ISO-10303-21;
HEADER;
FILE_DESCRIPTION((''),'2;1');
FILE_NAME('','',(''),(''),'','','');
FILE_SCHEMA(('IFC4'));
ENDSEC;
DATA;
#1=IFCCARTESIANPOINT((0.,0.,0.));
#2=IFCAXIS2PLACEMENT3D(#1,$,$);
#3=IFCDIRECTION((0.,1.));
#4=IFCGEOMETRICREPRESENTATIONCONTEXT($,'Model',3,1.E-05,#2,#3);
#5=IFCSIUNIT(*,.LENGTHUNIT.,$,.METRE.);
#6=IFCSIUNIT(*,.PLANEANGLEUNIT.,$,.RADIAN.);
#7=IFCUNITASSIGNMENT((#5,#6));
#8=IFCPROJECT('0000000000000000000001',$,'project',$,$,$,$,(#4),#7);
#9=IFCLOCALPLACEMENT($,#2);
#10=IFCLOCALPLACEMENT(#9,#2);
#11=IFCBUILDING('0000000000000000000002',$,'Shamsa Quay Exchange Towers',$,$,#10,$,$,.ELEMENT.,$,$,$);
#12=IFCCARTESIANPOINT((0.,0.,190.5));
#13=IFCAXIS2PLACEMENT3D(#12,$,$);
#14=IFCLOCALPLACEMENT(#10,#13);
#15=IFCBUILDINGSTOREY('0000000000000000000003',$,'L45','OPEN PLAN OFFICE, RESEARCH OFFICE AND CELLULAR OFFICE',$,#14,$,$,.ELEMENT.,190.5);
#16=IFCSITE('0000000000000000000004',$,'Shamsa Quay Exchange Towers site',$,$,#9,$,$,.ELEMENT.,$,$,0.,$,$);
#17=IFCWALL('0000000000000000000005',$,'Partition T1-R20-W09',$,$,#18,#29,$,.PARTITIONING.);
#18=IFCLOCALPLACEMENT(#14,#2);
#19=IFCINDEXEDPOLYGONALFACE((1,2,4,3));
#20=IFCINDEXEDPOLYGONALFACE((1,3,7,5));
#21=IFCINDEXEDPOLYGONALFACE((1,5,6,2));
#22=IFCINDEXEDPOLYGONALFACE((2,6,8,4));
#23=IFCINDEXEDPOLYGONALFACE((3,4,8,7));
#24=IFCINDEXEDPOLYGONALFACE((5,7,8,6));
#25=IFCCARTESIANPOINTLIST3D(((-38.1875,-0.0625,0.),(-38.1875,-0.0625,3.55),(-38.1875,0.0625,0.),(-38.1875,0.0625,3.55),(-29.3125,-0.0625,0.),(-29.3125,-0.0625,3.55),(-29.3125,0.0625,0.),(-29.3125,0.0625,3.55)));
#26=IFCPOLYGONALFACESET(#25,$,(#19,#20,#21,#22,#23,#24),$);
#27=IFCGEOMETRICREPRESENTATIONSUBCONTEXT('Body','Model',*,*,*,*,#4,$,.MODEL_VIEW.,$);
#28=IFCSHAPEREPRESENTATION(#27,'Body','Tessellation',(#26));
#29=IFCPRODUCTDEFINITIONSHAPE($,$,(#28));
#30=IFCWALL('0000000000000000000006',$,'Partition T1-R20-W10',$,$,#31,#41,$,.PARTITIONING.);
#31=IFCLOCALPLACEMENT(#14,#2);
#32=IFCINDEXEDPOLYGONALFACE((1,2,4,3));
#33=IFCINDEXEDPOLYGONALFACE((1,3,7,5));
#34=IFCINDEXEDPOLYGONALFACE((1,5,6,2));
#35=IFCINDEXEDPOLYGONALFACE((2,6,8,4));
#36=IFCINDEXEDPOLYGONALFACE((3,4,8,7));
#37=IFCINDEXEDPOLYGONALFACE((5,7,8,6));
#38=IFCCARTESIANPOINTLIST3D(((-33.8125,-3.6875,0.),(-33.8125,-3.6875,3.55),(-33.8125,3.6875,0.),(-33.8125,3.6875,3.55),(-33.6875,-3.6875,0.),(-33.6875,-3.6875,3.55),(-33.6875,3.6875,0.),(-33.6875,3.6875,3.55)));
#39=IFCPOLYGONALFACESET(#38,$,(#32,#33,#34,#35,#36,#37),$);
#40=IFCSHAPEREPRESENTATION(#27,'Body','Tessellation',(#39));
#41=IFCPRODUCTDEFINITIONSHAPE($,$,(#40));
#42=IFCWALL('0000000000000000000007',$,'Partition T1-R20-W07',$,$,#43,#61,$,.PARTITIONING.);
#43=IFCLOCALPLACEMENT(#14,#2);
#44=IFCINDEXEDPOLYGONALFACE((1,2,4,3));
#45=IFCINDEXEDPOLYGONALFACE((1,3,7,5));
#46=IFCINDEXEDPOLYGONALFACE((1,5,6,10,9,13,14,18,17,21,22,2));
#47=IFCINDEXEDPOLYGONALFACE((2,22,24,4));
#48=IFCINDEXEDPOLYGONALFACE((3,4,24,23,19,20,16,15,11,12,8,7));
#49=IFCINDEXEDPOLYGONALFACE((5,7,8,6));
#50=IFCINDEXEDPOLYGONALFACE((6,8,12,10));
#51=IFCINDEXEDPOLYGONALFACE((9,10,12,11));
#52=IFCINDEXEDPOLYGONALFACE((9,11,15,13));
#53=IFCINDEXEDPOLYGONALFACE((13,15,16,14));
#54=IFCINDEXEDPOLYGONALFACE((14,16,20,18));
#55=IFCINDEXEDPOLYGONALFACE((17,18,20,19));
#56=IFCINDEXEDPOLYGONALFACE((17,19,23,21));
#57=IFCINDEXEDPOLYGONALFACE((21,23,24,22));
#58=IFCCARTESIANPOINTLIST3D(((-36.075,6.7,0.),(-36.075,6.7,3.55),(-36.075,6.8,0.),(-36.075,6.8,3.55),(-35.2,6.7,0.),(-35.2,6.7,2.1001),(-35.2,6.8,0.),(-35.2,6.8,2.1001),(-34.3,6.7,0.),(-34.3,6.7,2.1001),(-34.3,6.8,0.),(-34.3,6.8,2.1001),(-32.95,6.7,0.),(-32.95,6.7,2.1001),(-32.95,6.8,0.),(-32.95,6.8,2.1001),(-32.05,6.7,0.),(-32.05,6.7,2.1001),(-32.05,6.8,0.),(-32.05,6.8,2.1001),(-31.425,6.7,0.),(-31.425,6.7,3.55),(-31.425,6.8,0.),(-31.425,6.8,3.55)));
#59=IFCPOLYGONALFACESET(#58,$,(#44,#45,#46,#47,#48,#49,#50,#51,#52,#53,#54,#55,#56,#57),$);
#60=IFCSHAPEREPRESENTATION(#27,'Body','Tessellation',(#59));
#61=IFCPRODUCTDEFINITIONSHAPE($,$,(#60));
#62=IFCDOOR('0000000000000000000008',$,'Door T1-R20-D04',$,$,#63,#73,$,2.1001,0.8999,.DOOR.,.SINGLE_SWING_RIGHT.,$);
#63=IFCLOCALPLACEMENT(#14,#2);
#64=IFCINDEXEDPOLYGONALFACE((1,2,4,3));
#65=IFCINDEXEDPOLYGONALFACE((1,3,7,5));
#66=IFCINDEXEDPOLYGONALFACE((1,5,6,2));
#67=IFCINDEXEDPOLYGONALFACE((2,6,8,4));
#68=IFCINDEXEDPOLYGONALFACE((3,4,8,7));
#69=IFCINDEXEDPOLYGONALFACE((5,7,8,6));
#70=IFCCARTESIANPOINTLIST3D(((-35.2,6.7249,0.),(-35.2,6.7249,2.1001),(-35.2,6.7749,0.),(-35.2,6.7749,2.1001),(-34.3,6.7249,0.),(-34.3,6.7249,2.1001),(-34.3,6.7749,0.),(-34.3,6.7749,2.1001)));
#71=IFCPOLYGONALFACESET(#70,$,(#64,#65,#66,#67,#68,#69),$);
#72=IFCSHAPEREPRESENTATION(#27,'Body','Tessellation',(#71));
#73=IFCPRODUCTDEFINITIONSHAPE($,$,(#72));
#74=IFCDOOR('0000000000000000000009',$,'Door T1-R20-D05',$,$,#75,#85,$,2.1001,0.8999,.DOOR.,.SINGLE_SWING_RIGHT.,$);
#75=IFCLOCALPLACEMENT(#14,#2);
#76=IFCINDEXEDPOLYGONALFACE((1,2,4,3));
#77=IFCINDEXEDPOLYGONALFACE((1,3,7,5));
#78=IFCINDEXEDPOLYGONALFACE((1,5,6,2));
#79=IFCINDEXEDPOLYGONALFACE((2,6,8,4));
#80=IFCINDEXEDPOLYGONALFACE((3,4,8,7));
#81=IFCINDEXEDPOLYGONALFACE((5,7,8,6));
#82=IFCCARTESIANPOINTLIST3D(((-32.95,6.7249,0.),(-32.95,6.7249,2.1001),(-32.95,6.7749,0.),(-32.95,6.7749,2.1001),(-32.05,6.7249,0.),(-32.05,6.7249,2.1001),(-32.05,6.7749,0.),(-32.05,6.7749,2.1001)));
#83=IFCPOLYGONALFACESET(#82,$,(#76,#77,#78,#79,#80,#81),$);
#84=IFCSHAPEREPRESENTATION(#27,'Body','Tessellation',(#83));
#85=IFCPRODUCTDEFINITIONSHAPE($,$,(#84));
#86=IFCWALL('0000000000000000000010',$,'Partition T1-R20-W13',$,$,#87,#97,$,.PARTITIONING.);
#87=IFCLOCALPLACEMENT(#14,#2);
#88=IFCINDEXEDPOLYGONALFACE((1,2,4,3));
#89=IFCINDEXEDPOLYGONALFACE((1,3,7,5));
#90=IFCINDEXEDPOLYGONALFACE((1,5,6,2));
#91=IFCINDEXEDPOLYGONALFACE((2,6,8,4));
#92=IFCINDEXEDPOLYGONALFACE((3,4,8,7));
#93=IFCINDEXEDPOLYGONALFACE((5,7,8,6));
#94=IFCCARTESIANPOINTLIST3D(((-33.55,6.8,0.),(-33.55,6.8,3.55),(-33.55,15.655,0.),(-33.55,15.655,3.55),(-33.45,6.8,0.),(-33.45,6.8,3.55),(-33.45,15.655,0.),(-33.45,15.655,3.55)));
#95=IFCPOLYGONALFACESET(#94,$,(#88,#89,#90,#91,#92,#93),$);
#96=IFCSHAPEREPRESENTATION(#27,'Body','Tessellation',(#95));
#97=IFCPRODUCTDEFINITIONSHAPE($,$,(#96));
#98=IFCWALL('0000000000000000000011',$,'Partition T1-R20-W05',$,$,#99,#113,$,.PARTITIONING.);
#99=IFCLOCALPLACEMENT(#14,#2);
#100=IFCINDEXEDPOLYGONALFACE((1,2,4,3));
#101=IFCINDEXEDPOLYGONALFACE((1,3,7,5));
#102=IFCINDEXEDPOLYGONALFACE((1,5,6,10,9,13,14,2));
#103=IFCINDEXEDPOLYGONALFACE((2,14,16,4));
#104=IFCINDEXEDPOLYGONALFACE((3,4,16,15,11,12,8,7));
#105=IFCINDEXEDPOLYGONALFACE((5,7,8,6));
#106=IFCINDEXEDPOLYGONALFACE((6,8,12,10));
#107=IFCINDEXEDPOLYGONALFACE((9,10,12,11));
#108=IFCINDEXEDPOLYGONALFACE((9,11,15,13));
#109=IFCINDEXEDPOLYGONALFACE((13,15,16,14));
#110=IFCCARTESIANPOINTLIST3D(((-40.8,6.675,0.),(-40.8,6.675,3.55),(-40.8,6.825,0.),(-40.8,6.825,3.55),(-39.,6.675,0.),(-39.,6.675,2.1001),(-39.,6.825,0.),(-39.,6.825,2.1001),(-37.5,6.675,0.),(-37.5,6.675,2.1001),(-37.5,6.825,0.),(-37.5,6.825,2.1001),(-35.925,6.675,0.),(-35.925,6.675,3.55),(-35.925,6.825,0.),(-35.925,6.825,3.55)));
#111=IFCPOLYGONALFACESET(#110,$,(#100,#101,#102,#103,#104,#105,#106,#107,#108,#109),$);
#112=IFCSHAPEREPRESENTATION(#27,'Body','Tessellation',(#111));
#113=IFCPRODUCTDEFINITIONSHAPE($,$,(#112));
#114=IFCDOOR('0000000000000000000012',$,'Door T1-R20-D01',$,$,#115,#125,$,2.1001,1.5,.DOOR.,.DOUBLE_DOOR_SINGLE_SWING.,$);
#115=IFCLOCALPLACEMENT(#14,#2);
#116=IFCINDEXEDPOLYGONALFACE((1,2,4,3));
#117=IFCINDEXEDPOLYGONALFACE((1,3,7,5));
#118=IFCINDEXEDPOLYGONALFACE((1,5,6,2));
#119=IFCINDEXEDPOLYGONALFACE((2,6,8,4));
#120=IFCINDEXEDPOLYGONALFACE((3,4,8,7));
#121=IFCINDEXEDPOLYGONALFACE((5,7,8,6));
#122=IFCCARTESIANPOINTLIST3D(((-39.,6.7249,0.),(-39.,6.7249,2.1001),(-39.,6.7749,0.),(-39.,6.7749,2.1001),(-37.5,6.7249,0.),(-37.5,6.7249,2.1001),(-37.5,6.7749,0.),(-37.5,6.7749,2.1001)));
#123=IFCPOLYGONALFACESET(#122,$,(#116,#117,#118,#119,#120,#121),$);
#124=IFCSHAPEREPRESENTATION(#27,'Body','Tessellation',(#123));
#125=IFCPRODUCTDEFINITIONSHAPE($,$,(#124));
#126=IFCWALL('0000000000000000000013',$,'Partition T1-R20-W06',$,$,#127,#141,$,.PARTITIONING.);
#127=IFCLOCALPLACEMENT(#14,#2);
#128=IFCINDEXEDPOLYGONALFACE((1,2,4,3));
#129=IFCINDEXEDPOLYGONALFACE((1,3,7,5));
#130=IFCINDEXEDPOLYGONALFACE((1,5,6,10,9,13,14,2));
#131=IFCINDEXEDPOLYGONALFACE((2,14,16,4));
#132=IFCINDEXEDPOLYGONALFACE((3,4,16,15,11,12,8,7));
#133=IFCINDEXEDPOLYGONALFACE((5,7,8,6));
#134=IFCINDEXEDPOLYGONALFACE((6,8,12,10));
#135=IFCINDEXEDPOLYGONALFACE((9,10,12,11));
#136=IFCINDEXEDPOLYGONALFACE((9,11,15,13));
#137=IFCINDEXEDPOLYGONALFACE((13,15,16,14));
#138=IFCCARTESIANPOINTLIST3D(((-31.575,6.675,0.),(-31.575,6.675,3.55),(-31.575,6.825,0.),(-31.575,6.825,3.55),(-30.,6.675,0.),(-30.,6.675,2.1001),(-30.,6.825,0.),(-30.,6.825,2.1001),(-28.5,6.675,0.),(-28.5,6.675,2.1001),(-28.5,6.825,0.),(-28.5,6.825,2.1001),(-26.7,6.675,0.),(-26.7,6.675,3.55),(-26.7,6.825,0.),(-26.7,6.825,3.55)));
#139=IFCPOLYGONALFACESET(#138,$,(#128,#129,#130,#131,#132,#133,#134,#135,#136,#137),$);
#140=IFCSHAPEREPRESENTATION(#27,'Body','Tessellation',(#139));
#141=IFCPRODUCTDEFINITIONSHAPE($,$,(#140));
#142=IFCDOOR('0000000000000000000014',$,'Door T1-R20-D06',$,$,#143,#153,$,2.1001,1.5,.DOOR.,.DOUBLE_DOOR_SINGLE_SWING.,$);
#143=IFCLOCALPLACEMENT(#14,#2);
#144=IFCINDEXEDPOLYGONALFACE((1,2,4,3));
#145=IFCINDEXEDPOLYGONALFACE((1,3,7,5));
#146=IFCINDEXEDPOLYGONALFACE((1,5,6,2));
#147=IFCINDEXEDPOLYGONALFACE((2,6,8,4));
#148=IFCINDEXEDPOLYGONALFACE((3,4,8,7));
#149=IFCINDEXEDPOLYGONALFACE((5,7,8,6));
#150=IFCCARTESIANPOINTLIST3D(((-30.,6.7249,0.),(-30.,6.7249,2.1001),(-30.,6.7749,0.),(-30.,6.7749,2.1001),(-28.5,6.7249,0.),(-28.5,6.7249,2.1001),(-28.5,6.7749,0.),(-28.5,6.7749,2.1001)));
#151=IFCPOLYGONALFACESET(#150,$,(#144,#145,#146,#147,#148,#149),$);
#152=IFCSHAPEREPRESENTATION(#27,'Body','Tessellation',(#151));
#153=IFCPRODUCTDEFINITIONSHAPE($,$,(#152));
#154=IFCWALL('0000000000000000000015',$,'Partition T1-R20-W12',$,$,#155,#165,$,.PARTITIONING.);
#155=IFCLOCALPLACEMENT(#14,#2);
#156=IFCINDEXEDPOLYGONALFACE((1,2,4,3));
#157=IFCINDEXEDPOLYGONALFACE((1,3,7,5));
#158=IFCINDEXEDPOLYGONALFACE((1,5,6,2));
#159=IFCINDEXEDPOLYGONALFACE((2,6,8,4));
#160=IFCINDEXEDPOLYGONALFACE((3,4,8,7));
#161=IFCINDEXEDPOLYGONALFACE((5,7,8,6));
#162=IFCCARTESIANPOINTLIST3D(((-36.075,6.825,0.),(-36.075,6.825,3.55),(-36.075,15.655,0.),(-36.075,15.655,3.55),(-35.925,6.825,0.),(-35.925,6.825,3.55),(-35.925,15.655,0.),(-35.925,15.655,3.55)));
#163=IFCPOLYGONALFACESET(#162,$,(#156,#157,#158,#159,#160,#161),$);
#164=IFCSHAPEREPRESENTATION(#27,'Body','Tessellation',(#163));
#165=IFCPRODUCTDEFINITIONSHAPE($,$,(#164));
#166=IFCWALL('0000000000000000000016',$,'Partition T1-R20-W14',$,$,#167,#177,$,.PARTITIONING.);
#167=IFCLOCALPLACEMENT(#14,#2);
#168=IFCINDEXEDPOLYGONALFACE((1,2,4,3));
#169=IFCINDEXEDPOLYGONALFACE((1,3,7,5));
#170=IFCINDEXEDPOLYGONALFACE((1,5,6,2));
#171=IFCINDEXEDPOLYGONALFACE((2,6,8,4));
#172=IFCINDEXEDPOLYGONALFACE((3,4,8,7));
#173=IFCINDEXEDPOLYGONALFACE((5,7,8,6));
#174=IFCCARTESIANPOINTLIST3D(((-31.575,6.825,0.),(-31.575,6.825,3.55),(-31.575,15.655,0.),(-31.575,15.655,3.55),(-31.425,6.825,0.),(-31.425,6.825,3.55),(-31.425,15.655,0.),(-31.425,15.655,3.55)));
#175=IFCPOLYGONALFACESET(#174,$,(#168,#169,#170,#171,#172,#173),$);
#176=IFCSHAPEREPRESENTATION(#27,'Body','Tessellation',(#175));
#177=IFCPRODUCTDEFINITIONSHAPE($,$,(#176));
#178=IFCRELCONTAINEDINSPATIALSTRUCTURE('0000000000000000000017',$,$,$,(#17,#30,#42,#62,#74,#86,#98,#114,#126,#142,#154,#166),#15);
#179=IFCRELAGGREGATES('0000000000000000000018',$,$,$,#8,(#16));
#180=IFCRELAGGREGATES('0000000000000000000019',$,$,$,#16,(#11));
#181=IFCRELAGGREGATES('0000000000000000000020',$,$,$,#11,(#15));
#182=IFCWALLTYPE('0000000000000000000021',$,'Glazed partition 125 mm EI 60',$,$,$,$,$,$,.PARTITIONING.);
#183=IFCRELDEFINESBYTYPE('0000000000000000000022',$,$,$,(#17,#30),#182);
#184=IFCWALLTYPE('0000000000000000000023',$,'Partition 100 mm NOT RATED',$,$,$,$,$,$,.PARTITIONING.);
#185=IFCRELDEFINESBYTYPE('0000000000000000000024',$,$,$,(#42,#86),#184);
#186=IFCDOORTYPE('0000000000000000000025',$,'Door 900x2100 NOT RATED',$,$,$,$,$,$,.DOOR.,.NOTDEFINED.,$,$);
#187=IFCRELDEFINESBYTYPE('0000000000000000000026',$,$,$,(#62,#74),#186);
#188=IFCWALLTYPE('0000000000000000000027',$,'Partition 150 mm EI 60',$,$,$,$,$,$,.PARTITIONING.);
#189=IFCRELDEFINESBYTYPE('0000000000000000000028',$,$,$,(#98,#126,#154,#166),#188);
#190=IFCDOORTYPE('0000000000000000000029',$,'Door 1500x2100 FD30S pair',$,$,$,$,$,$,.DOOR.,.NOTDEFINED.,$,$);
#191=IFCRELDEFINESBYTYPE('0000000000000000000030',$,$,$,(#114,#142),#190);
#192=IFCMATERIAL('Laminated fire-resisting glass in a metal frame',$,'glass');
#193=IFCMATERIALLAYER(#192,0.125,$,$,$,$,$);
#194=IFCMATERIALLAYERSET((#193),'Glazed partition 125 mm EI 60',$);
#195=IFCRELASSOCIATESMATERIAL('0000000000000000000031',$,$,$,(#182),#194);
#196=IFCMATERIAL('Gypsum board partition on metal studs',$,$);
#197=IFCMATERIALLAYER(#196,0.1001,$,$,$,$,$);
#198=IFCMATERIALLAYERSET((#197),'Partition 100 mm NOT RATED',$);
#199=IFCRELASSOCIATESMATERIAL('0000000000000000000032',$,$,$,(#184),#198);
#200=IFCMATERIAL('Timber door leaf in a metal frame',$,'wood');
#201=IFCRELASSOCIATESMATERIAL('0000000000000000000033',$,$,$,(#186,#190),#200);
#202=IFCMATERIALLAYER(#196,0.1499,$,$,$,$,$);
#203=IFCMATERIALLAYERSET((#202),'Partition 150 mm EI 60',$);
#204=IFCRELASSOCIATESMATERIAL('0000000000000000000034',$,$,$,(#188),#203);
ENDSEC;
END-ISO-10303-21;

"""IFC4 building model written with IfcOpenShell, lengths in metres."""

from ifc_helpers import new_model, si_unit, direction, frame, frame_2d, origin, place, context, subcontext, project, spatial, rectangle, extrude, material, layer, layer_set, type_object, element, fill, save


model = new_model("IFC4")

# Units and contexts
model_context = context("Model", 3, precision=1e-05, world=origin(), true_north=direction((0.0, 1.0)))
body_context = subcontext(model_context, "Body", "Model", "MODEL_VIEW")
ifc_project = project(units=[si_unit("LENGTHUNIT", "METRE"), si_unit("PLANEANGLEUNIT", "RADIAN")], contexts=[model_context])

# Site, building, storey
site_placement = place(None, origin())
site = spatial("IfcSite", under=ifc_project, at=site_placement, Name="Shamsa Quay Exchange Towers site", CompositionType="ELEMENT", RefElevation=0.0)
building_placement = place(site_placement, origin())
building = spatial("IfcBuilding", under=site, at=building_placement, Name="Shamsa Quay Exchange Towers", CompositionType="ELEMENT")
storey_placement = place(building_placement, frame((0.0, 0.0, 190.5)))
storey = spatial("IfcBuildingStorey", under=building, at=storey_placement, Name="L45", Description="OPEN PLAN OFFICE, RESEARCH OFFICE AND CELLULAR OFFICE", CompositionType="ELEMENT", Elevation=190.5)

# Shared definitions
ifc_material_1 = material(Name="Laminated fire-resisting glass in a metal frame", Category="glass")
ifc_layer_1 = layer(ifc_material_1, 0.125)
ifc_layer_set_1 = layer_set([ifc_layer_1], Name="Glazed partition 125 mm EI 60")
wall_type_1 = type_object("IfcWallType", Name="Glazed partition 125 mm EI 60", PredefinedType="PARTITIONING", material=ifc_layer_set_1)
ifc_material_2 = material(Name="Timber door leaf in a metal frame", Category="wood")

# Walls
wall_1_placement = place(storey_placement, frame((-38.1875, 0.0, 0.0)))
element("IfcWall", 1, at=wall_1_placement, inside=storey, type_object=wall_type_1, Name="Partition T1-R20-W09", PredefinedType="PARTITIONING", context=body_context, shape_type="SweptSolid", body=[
    extrude(rectangle(XDim=8.875, YDim=0.125, at=frame_2d((4.4375, 0.0))), origin(), (0.0, 0.0, 1.0), 3.55),
])
wall_2_placement = place(storey_placement, frame((-33.75, 3.6875, 0.0), z_axis=(0.0, 0.0, 1.0), x_axis=(0.0, -1.0, 0.0)))
element("IfcWall", 2, at=wall_2_placement, inside=storey, type_object=wall_type_1, Name="Partition T1-R20-W10", PredefinedType="PARTITIONING", context=body_context, shape_type="SweptSolid", body=[
    extrude(rectangle(XDim=7.375, YDim=0.125, at=frame_2d((3.6875, 0.0))), origin(), (0.0, 0.0, 1.0), 3.55),
])

# Wall, openings, doors
ifc_material_3 = material(Name="Gypsum board partition on metal studs")
ifc_layer_2 = layer(ifc_material_3, 0.1001)
ifc_layer_set_2 = layer_set([ifc_layer_2], Name="Partition 100 mm NOT RATED")
wall_type_2 = type_object("IfcWallType", Name="Partition 100 mm NOT RATED", PredefinedType="PARTITIONING", material=ifc_layer_set_2)
wall_3_placement = place(storey_placement, frame((-36.075, 6.75, 0.0)))
wall_3 = element("IfcWall", 3, at=wall_3_placement, inside=storey, type_object=wall_type_2, Name="Partition T1-R20-W07", PredefinedType="PARTITIONING", context=body_context, shape_type="SweptSolid", body=[
    extrude(rectangle(XDim=4.6499, YDim=0.1001, at=frame_2d((2.325, 0.0))), origin(), (0.0, 0.0, 1.0), 3.55),
])
opening_1_placement = place(wall_3_placement, frame((0.875, 0.0, 0.0)))
opening_1 = element("IfcOpeningElement", 4, at=opening_1_placement, cuts=wall_3, PredefinedType="OPENING", context=body_context, shape_type="SweptSolid", body=[
    extrude(rectangle(XDim=0.8999, YDim=2.1001, at=frame_2d((0.45, 1.05))), frame((0.0, 0.0601, 0.0), z_axis=(0.0, -1.0, 0.0), x_axis=(1.0, 0.0, 0.0)), (0.0, 0.0, 1.0), 0.1201),
])
opening_2_placement = place(wall_3_placement, frame((3.125, 0.0, 0.0)))
opening_2 = element("IfcOpeningElement", 5, at=opening_2_placement, cuts=wall_3, PredefinedType="OPENING", context=body_context, shape_type="SweptSolid", body=[
    extrude(rectangle(XDim=0.8999, YDim=2.1001, at=frame_2d((0.45, 1.05))), frame((0.0, 0.0601, 0.0), z_axis=(0.0, -1.0, 0.0), x_axis=(1.0, 0.0, 0.0)), (0.0, 0.0, 1.0), 0.1201),
])
door_type_1 = type_object("IfcDoorType", Name="Door 900x2100 NOT RATED", OperationType="NOTDEFINED", PredefinedType="DOOR", material=ifc_material_2)
door_1_placement = place(opening_1_placement, origin())
door_1 = element("IfcDoor", 6, at=door_1_placement, inside=storey, type_object=door_type_1, Name="Door T1-R20-D04", OperationType="SINGLE_SWING_RIGHT", OverallHeight=2.1001, OverallWidth=0.8999, PredefinedType="DOOR", context=body_context, shape_type="SweptSolid", body=[
    extrude(rectangle(XDim=0.8999, YDim=2.1001, at=frame_2d((0.45, 1.05))), frame((0.0, 0.0249, 0.0), z_axis=(0.0, -1.0, 0.0), x_axis=(1.0, 0.0, 0.0)), (0.0, 0.0, 1.0), 0.05),
])
fill(opening_1, door_1)
door_2_placement = place(opening_2_placement, origin())
door_2 = element("IfcDoor", 7, at=door_2_placement, inside=storey, type_object=door_type_1, Name="Door T1-R20-D05", OperationType="SINGLE_SWING_RIGHT", OverallHeight=2.1001, OverallWidth=0.8999, PredefinedType="DOOR", context=body_context, shape_type="SweptSolid", body=[
    extrude(rectangle(XDim=0.8999, YDim=2.1001, at=frame_2d((0.45, 1.05))), frame((0.0, 0.0249, 0.0), z_axis=(0.0, -1.0, 0.0), x_axis=(1.0, 0.0, 0.0)), (0.0, 0.0, 1.0), 0.05),
])
fill(opening_2, door_2)

# Wall
wall_4_placement = place(storey_placement, frame((-33.5, 6.8, 0.0), z_axis=(0.0, 0.0, 1.0), x_axis=(0.0, 1.0, 0.0)))
element("IfcWall", 8, at=wall_4_placement, inside=storey, type_object=wall_type_2, Name="Partition T1-R20-W13", PredefinedType="PARTITIONING", context=body_context, shape_type="SweptSolid", body=[
    extrude(rectangle(XDim=8.855, YDim=0.1001, at=frame_2d((4.4275, 0.0))), origin(), (0.0, 0.0, 1.0), 3.55),
])

# Walls, openings, doors
ifc_layer_3 = layer(ifc_material_3, 0.1499)
ifc_layer_set_3 = layer_set([ifc_layer_3], Name="Partition 150 mm EI 60")
wall_type_3 = type_object("IfcWallType", Name="Partition 150 mm EI 60", PredefinedType="PARTITIONING", material=ifc_layer_set_3)
wall_5_placement = place(storey_placement, frame((-40.8, 6.75, 0.0)))
wall_5 = element("IfcWall", 9, at=wall_5_placement, inside=storey, type_object=wall_type_3, Name="Partition T1-R20-W05", PredefinedType="PARTITIONING", context=body_context, shape_type="SweptSolid", body=[
    extrude(rectangle(XDim=4.875, YDim=0.1499, at=frame_2d((2.4375, 0.0))), origin(), (0.0, 0.0, 1.0), 3.55),
])
opening_3_placement = place(wall_5_placement, frame((1.8, 0.0, 0.0)))
opening_3 = element("IfcOpeningElement", 10, at=opening_3_placement, cuts=wall_5, PredefinedType="OPENING", context=body_context, shape_type="SweptSolid", body=[
    extrude(rectangle(XDim=1.5, YDim=2.1001, at=frame_2d((0.75, 1.05))), frame((0.0, 0.085, 0.0), z_axis=(0.0, -1.0, 0.0), x_axis=(1.0, 0.0, 0.0)), (0.0, 0.0, 1.0), 0.1699),
])
door_type_2 = type_object("IfcDoorType", Name="Door 1500x2100 FD30S pair", OperationType="NOTDEFINED", PredefinedType="DOOR", material=ifc_material_2)
door_3_placement = place(opening_3_placement, origin())
door_3 = element("IfcDoor", 11, at=door_3_placement, inside=storey, type_object=door_type_2, Name="Door T1-R20-D01", OperationType="DOUBLE_DOOR_SINGLE_SWING", OverallHeight=2.1001, OverallWidth=1.5, PredefinedType="DOOR", context=body_context, shape_type="SweptSolid", body=[
    extrude(rectangle(XDim=1.5, YDim=2.1001, at=frame_2d((0.75, 1.05))), frame((0.0, 0.0249, 0.0), z_axis=(0.0, -1.0, 0.0), x_axis=(1.0, 0.0, 0.0)), (0.0, 0.0, 1.0), 0.05),
])
fill(opening_3, door_3)
wall_6_placement = place(storey_placement, frame((-31.575, 6.75, 0.0)))
wall_6 = element("IfcWall", 12, at=wall_6_placement, inside=storey, type_object=wall_type_3, Name="Partition T1-R20-W06", PredefinedType="PARTITIONING", context=body_context, shape_type="SweptSolid", body=[
    extrude(rectangle(XDim=4.875, YDim=0.1499, at=frame_2d((2.4375, 0.0))), origin(), (0.0, 0.0, 1.0), 3.55),
])
opening_4_placement = place(wall_6_placement, frame((1.575, 0.0, 0.0)))
opening_4 = element("IfcOpeningElement", 13, at=opening_4_placement, cuts=wall_6, PredefinedType="OPENING", context=body_context, shape_type="SweptSolid", body=[
    extrude(rectangle(XDim=1.5, YDim=2.1001, at=frame_2d((0.75, 1.05))), frame((0.0, 0.085, 0.0), z_axis=(0.0, -1.0, 0.0), x_axis=(1.0, 0.0, 0.0)), (0.0, 0.0, 1.0), 0.1699),
])
door_4_placement = place(opening_4_placement, origin())
door_4 = element("IfcDoor", 14, at=door_4_placement, inside=storey, type_object=door_type_2, Name="Door T1-R20-D06", OperationType="DOUBLE_DOOR_SINGLE_SWING", OverallHeight=2.1001, OverallWidth=1.5, PredefinedType="DOOR", context=body_context, shape_type="SweptSolid", body=[
    extrude(rectangle(XDim=1.5, YDim=2.1001, at=frame_2d((0.75, 1.05))), frame((0.0, 0.0249, 0.0), z_axis=(0.0, -1.0, 0.0), x_axis=(1.0, 0.0, 0.0)), (0.0, 0.0, 1.0), 0.05),
])
fill(opening_4, door_4)

# Walls
for number, where, z_axis, x_axis, name in (
    (15, (-36.0, 6.825, 0.0), (0.0, 0.0, 1.0), (0.0, 1.0, 0.0), "Partition T1-R20-W12"),
    (16, (-31.5, 6.825, 0.0), (0.0, 0.0, 1.0), (0.0, 1.0, 0.0), "Partition T1-R20-W14"),
):
    element("IfcWall", number, at=place(storey_placement, frame(where, z_axis=z_axis, x_axis=x_axis)), inside=storey, type_object=wall_type_3, Name=name, PredefinedType="PARTITIONING", context=body_context, shape_type="SweptSolid", body=[
        extrude(rectangle(XDim=8.8301, YDim=0.1499, at=frame_2d((4.415, 0.0))), origin(), (0.0, 0.0, 1.0), 3.55),
    ])

save(model, "model.ifc")
